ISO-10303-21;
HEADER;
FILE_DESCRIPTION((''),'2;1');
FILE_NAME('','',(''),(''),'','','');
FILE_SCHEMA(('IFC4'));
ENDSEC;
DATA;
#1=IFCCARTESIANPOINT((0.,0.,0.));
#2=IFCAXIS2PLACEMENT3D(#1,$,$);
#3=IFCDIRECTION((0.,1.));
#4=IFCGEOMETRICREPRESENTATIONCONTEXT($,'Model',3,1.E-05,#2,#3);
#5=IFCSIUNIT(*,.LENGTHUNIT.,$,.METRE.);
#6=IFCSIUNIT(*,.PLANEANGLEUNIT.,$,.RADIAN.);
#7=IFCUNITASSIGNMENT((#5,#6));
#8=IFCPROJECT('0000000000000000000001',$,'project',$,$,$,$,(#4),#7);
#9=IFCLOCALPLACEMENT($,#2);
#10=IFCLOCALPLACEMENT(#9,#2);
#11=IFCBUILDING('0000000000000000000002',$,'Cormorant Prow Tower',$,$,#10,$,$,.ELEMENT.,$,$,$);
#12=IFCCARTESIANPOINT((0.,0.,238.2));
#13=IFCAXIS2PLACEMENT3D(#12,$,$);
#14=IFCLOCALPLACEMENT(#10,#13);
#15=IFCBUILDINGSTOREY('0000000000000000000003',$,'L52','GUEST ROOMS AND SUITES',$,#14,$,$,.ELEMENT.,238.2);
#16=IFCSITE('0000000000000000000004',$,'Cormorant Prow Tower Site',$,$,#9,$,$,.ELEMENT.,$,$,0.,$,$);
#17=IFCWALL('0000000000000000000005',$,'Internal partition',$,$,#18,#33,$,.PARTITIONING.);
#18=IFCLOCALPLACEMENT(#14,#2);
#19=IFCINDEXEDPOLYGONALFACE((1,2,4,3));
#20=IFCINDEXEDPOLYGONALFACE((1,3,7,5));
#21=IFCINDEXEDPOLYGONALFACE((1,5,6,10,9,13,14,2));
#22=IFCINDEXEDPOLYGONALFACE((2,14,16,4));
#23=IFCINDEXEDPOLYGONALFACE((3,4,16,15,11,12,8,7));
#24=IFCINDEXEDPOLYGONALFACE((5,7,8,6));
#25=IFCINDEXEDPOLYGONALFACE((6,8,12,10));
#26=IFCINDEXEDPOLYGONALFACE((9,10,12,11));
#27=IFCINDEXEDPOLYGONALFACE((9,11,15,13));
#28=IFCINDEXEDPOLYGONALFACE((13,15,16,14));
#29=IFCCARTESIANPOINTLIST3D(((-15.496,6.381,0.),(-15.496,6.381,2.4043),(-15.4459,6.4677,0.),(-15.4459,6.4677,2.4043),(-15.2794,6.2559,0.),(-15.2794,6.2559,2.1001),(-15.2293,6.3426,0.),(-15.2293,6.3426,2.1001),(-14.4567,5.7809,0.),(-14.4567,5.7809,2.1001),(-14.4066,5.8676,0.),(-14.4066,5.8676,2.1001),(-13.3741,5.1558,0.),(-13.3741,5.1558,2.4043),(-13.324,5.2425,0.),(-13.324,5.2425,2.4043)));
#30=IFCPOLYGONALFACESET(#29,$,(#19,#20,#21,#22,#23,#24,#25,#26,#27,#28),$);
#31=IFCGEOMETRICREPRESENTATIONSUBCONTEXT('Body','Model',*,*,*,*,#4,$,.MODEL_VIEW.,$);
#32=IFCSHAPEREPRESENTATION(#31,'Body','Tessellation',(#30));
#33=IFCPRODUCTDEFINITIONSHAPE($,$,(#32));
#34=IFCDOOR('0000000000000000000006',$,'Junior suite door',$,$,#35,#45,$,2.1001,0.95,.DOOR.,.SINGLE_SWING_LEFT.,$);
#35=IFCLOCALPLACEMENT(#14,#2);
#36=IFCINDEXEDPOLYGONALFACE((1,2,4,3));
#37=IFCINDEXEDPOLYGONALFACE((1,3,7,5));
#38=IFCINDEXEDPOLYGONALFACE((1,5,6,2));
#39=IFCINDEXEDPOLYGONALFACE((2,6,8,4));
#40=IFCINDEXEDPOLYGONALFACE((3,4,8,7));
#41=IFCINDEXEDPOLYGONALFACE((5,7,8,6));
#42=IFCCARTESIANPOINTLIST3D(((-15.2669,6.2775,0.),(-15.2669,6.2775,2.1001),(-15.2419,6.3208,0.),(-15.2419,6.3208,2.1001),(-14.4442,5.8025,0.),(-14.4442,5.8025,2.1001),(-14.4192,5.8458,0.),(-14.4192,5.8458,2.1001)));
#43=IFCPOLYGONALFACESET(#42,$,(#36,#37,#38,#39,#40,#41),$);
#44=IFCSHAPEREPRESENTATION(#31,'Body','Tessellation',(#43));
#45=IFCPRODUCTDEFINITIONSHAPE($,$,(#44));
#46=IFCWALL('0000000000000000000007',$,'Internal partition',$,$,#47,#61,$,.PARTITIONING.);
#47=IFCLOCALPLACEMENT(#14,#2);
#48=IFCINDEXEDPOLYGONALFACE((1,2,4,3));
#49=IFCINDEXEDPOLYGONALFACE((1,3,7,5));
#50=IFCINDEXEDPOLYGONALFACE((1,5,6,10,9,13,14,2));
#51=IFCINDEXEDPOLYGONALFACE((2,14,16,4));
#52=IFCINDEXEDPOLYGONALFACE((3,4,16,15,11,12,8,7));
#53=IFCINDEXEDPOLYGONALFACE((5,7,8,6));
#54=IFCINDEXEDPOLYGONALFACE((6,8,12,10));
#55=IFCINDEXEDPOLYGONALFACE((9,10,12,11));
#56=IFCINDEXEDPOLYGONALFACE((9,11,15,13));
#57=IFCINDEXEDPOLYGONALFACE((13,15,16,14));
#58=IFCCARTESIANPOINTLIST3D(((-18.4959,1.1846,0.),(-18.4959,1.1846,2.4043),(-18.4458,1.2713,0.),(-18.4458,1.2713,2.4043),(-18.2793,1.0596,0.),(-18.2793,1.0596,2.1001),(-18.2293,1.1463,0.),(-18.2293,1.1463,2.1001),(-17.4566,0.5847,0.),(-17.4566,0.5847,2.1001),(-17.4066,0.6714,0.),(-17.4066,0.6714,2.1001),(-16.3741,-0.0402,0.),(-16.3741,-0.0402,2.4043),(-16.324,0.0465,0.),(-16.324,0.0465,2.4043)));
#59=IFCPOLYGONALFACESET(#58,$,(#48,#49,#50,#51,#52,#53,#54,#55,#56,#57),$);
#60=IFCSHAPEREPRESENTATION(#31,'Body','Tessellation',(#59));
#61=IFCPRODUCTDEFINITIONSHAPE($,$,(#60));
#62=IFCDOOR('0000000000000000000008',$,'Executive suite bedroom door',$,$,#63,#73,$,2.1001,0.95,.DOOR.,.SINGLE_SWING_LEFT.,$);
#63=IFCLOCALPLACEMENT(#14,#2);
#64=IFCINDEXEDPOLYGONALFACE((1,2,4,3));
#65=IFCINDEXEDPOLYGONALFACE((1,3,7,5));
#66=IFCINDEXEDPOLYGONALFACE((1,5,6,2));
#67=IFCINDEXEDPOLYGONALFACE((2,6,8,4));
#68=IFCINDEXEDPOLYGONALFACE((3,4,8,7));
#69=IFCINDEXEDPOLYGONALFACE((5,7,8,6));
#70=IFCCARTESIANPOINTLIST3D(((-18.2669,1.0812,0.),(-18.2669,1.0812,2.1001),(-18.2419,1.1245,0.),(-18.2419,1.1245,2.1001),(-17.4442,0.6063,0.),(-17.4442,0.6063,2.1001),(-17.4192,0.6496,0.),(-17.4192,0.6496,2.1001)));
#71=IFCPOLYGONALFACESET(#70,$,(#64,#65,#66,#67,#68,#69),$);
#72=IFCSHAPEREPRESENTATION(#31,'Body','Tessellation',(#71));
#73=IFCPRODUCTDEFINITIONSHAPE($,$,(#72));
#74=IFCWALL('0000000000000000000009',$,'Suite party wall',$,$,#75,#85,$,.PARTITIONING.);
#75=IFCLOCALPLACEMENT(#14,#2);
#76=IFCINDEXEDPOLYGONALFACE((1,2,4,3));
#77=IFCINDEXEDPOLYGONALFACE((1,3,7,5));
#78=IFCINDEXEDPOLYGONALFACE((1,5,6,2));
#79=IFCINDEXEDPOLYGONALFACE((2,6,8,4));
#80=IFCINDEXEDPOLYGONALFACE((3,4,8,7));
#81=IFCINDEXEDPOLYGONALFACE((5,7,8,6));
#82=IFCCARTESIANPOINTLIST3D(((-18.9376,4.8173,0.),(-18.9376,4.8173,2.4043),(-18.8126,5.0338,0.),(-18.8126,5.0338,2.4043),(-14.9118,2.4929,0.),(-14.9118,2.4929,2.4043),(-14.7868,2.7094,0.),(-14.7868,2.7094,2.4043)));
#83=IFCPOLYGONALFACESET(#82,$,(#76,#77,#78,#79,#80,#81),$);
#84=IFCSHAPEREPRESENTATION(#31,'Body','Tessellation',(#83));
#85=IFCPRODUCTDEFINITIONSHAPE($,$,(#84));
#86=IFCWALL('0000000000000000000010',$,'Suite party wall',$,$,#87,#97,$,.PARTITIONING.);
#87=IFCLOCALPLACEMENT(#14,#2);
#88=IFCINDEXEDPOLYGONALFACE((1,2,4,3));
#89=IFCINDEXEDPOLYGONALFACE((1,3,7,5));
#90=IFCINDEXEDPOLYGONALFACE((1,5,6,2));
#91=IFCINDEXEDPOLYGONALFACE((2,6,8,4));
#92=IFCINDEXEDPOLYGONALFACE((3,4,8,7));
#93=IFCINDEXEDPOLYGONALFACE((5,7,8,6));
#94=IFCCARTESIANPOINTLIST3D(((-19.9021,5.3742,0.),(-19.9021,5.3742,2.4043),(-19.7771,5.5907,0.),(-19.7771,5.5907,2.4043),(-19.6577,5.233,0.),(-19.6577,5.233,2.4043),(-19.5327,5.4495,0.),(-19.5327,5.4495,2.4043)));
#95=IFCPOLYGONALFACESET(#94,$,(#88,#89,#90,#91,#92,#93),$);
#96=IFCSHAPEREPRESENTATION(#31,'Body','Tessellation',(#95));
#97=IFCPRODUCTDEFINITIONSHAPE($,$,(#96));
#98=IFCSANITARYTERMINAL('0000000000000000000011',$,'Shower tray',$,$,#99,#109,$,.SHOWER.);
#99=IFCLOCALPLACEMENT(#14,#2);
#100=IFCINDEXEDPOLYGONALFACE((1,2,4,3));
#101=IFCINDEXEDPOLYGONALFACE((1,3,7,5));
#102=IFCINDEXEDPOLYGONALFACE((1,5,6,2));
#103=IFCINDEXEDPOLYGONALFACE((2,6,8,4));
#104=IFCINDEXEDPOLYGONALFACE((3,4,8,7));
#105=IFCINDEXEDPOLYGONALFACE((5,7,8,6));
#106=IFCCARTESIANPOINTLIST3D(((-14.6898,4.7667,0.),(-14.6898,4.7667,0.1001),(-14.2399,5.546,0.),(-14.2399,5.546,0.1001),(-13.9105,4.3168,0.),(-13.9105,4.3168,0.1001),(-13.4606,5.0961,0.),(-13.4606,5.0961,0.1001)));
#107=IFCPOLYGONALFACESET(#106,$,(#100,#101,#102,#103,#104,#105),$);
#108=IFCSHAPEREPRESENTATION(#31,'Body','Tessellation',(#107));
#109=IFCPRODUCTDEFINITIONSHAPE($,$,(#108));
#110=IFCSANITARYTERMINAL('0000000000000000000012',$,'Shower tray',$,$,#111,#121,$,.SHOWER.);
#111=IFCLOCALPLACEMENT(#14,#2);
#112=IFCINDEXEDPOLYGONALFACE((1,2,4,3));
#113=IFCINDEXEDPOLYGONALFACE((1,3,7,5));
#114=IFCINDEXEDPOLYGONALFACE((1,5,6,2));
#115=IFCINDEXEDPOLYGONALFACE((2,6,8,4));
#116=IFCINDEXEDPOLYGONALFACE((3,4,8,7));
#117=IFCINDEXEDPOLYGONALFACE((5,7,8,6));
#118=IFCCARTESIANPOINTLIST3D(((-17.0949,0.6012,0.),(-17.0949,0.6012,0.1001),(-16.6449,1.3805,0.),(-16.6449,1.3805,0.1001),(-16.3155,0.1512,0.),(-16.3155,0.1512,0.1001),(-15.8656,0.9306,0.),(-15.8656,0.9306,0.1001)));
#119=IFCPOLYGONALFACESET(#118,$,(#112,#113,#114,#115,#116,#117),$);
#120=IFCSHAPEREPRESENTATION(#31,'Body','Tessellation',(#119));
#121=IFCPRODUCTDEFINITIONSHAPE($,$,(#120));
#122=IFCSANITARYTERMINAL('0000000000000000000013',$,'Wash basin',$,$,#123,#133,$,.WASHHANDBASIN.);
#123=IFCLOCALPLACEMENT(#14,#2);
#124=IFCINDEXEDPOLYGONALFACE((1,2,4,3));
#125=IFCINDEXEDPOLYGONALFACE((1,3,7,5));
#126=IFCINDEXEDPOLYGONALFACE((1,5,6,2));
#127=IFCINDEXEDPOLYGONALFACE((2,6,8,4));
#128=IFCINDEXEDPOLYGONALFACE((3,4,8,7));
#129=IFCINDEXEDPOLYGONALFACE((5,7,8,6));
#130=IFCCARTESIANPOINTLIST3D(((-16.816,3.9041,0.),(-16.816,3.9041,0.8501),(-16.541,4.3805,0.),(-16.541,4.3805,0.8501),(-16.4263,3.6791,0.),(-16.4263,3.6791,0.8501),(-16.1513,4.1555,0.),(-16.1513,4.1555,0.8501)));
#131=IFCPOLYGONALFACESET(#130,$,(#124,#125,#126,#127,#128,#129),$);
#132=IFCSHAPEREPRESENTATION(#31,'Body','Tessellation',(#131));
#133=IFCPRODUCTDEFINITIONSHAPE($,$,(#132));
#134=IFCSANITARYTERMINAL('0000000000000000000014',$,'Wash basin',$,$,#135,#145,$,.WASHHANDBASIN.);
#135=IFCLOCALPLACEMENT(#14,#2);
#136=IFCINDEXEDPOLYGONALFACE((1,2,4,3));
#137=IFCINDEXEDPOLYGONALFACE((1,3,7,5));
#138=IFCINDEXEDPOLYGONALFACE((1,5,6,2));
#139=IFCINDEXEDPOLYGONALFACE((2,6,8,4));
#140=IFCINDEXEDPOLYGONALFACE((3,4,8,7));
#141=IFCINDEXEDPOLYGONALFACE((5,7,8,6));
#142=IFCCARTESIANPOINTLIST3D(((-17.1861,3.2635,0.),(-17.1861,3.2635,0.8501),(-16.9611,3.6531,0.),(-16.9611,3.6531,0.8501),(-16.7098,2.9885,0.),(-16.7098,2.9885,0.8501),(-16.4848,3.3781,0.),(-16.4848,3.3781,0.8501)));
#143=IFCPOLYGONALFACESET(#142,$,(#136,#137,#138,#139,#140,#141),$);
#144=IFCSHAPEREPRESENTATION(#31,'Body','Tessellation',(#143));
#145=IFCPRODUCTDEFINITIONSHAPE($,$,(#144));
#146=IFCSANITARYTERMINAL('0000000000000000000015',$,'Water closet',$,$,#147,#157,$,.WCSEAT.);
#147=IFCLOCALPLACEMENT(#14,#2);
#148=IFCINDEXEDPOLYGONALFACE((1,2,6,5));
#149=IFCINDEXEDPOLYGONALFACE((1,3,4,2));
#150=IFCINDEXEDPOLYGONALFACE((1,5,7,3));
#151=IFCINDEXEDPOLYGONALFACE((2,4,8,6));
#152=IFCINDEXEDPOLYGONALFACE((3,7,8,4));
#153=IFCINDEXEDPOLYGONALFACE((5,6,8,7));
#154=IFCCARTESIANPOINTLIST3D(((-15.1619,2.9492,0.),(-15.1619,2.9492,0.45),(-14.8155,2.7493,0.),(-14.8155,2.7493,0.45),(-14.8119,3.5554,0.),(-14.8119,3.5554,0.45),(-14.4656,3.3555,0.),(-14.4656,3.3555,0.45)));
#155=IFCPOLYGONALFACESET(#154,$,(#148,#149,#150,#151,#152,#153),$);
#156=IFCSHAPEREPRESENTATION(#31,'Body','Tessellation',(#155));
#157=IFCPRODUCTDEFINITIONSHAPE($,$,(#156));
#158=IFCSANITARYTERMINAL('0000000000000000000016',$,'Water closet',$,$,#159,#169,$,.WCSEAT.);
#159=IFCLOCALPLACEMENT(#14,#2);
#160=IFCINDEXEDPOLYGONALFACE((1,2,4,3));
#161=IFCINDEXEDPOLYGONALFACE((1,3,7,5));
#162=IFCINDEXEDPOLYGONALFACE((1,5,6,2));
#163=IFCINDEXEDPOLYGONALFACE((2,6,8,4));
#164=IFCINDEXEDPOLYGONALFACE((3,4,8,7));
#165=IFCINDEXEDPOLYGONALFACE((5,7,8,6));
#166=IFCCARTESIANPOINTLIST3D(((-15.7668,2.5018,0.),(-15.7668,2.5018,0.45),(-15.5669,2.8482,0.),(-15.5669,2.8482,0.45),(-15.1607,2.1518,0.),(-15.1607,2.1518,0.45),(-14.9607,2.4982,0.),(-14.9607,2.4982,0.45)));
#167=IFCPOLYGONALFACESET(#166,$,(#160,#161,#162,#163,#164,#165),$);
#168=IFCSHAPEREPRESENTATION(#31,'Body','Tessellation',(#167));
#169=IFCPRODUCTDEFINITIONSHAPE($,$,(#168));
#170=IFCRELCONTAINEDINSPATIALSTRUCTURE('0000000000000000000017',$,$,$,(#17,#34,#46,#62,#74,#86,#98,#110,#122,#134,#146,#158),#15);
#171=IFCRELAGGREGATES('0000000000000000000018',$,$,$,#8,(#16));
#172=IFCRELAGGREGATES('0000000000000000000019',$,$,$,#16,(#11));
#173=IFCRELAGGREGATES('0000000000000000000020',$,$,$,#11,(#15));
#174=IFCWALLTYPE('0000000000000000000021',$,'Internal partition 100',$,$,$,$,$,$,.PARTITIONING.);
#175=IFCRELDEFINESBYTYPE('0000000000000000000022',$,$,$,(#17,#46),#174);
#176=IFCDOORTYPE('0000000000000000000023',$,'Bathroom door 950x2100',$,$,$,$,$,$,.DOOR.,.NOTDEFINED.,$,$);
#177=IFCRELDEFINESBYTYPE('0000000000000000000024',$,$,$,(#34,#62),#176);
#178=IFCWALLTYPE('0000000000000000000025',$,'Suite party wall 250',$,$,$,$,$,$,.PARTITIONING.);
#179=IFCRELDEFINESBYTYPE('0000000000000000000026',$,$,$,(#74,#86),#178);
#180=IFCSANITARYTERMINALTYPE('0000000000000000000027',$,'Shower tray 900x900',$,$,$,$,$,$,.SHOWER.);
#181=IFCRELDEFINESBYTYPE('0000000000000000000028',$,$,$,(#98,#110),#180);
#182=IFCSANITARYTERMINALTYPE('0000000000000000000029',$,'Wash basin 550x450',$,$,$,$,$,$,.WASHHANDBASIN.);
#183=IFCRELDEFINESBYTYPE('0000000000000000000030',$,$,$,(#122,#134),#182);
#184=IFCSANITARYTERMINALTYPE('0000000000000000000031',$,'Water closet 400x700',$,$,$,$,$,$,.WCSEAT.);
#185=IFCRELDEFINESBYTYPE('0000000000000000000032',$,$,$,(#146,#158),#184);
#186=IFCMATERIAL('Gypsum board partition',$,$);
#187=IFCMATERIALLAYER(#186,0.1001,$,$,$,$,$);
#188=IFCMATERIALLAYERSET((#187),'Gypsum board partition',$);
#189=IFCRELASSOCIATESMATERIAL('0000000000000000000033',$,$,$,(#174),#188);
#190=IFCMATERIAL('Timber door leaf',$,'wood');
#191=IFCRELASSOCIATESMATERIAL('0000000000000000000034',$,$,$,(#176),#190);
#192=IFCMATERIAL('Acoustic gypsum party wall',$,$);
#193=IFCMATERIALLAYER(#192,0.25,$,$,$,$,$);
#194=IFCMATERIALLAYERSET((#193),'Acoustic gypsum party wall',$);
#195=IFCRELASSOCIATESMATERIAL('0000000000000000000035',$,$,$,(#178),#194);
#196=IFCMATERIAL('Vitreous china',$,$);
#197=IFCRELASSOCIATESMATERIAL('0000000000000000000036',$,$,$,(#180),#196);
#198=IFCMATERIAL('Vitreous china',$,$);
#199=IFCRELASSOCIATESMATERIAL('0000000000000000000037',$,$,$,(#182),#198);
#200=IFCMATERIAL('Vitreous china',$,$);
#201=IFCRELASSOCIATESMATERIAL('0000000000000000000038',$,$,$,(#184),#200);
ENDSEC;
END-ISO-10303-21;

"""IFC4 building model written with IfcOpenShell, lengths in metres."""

from ifc_helpers import new_model, si_unit, direction, frame, frame_2d, origin, origin_2d, place, context, subcontext, project, spatial, rectangle, extrude, material, layer, layer_set, type_object, element, fill, save


model = new_model("IFC4")

# Units and contexts
model_context = context("Model", 3, precision=1e-05, world=origin(), true_north=direction((0.0, 1.0)))
body_context = subcontext(model_context, "Body", "Model", "MODEL_VIEW")
ifc_project = project(units=[si_unit("LENGTHUNIT", "METRE"), si_unit("PLANEANGLEUNIT", "RADIAN")], contexts=[model_context])

# Site, building, storey
site_placement = place(None, origin())
site = spatial("IfcSite", under=ifc_project, at=site_placement, Name="Cormorant Prow Tower Site", CompositionType="ELEMENT", RefElevation=0.0)
building_placement = place(site_placement, origin())
building = spatial("IfcBuilding", under=site, at=building_placement, Name="Cormorant Prow Tower", CompositionType="ELEMENT")
storey_placement = place(building_placement, frame((0.0, 0.0, 238.2)))
storey = spatial("IfcBuildingStorey", under=building, at=storey_placement, Name="L52", Description="GUEST ROOMS AND SUITES", CompositionType="ELEMENT", Elevation=238.2)

# Shared definitions
ifc_material_1 = material(Name="Gypsum board partition")
ifc_layer_1 = layer(ifc_material_1, 0.1001)
ifc_layer_set_1 = layer_set([ifc_layer_1], Name="Gypsum board partition")
wall_type_1 = type_object("IfcWallType", Name="Internal partition 100", PredefinedType="PARTITIONING", material=ifc_layer_set_1)

# Walls, openings, doors
wall_1_placement = place(storey_placement, frame((-15.4709, 6.4243, 0.0), z_axis=(0.0, 0.0, 1.0), x_axis=(0.866015, -0.500019, 0.0)))
wall_1 = element("IfcWall", 1, at=wall_1_placement, inside=storey, type_object=wall_type_1, Name="Internal partition", PredefinedType="PARTITIONING", context=body_context, shape_type="SweptSolid", body=[
    extrude(rectangle(XDim=2.4502, YDim=0.1001, at=frame_2d((1.2251, 0.0))), origin(), (0.0, 0.0, 1.0), 2.4043),
])
opening_1_placement = place(wall_1_placement, frame((0.25, 0.0, 0.0)))
opening_1 = element("IfcOpeningElement", 2, at=opening_1_placement, cuts=wall_1, PredefinedType="OPENING", context=body_context, shape_type="SweptSolid", body=[
    extrude(rectangle(XDim=0.95, YDim=2.1001, at=frame_2d((0.4751, 1.05))), frame((0.0, 0.0601, 0.0), z_axis=(0.0, -1.0, 0.0), x_axis=(1.0, 0.0, 0.0)), (0.0, 0.0, 1.0), 0.1201),
])
ifc_material_2 = material(Name="Timber door leaf", Category="wood")
door_type_1 = type_object("IfcDoorType", Name="Bathroom door 950x2100", OperationType="NOTDEFINED", PredefinedType="DOOR", material=ifc_material_2)
door_1_placement = place(opening_1_placement, origin())
door_1 = element("IfcDoor", 3, at=door_1_placement, inside=storey, type_object=door_type_1, Name="Junior suite door", OperationType="SINGLE_SWING_LEFT", OverallHeight=2.1001, OverallWidth=0.95, PredefinedType="DOOR", context=body_context, shape_type="SweptSolid", body=[
    extrude(rectangle(XDim=0.95, YDim=2.1001, at=frame_2d((0.4751, 1.05))), frame((0.0, 0.0249, 0.0), z_axis=(0.0, -1.0, 0.0), x_axis=(1.0, 0.0, 0.0)), (0.0, 0.0, 1.0), 0.05),
])
fill(opening_1, door_1)
wall_2_placement = place(storey_placement, frame((-18.4709, 1.228, 0.0), z_axis=(0.0, 0.0, 1.0), x_axis=(0.866058, -0.499944, 0.0)))
wall_2 = element("IfcWall", 4, at=wall_2_placement, inside=storey, type_object=wall_type_1, Name="Internal partition", PredefinedType="PARTITIONING", context=body_context, shape_type="SweptSolid", body=[
    extrude(rectangle(XDim=2.45, YDim=0.1001, at=frame_2d((1.2251, 0.0))), origin(), (0.0, 0.0, 1.0), 2.4043),
])
opening_2_placement = place(wall_2_placement, frame((0.25, 0.0, 0.0)))
opening_2 = element("IfcOpeningElement", 5, at=opening_2_placement, cuts=wall_2, PredefinedType="OPENING", context=body_context, shape_type="SweptSolid", body=[
    extrude(rectangle(XDim=0.95, YDim=2.1001, at=frame_2d((0.4751, 1.05))), frame((0.0, 0.0601, 0.0), z_axis=(0.0, -1.0, 0.0), x_axis=(1.0, 0.0, 0.0)), (0.0, 0.0, 1.0), 0.1201),
])
door_2_placement = place(opening_2_placement, origin())
door_2 = element("IfcDoor", 6, at=door_2_placement, inside=storey, type_object=door_type_1, Name="Executive suite bedroom door", OperationType="SINGLE_SWING_LEFT", OverallHeight=2.1001, OverallWidth=0.95, PredefinedType="DOOR", context=body_context, shape_type="SweptSolid", body=[
    extrude(rectangle(XDim=0.95, YDim=2.1001, at=frame_2d((0.4751, 1.05))), frame((0.0, 0.0249, 0.0), z_axis=(0.0, -1.0, 0.0), x_axis=(1.0, 0.0, 0.0)), (0.0, 0.0, 1.0), 0.05),
])
fill(opening_2, door_2)

# Walls
ifc_material_3 = material(Name="Acoustic gypsum party wall")
ifc_layer_2 = layer(ifc_material_3, 0.25)
ifc_layer_set_2 = layer_set([ifc_layer_2], Name="Acoustic gypsum party wall")
wall_type_2 = type_object("IfcWallType", Name="Suite party wall 250", PredefinedType="PARTITIONING", material=ifc_layer_set_2)
wall_3_placement = place(storey_placement, frame((-18.875, 4.9255, 0.0), z_axis=(0.0, 0.0, 1.0), x_axis=(0.866014, -0.500019, 0.0)))
element("IfcWall", 7, at=wall_3_placement, inside=storey, type_object=wall_type_2, Name="Suite party wall", PredefinedType="PARTITIONING", context=body_context, shape_type="SweptSolid", body=[
    extrude(rectangle(XDim=4.6487, YDim=0.25, at=frame_2d((2.3242, 0.0))), origin(), (0.0, 0.0, 1.0), 2.4043),
])
wall_4_placement = place(storey_placement, frame((-19.8396, 5.4824, 0.0), z_axis=(0.0, 0.0, 1.0), x_axis=(0.865998, -0.500047, 0.0)))
element("IfcWall", 8, at=wall_4_placement, inside=storey, type_object=wall_type_2, Name="Suite party wall", PredefinedType="PARTITIONING", context=body_context, shape_type="SweptSolid", body=[
    extrude(rectangle(XDim=0.2822, YDim=0.25, at=frame_2d((0.1411, 0.0))), origin(), (0.0, 0.0, 1.0), 2.4043),
])

# Sanitary terminals
ifc_material_4 = material(Name="Vitreous china")
sanitary_terminal_type_1 = type_object("IfcSanitaryTerminalType", Name="Shower tray 900x900", PredefinedType="SHOWER", material=ifc_material_4)
for number, where, z_axis, x_axis, name in (
    (9, (-14.0752, 4.9314, 0.0), (0.0, 0.0, 1.0), (-0.5, -0.866025, 0.0), "Shower tray"),
    (10, (-16.4802, 0.7659, 0.0), (0.0, 0.0, 1.0), (-0.866025, 0.5, 0.0), "Shower tray"),
):
    element("IfcSanitaryTerminal", number, at=place(storey_placement, frame(where, z_axis=z_axis, x_axis=x_axis)), inside=storey, type_object=sanitary_terminal_type_1, Name=name, PredefinedType="SHOWER", context=body_context, shape_type="SweptSolid", body=[
        extrude(rectangle(XDim=0.8999, YDim=0.8999, at=origin_2d()), origin(), (0.0, 0.0, 1.0), 0.1001),
    ])
ifc_material_5 = material(Name="Vitreous china")
sanitary_terminal_type_2 = type_object("IfcSanitaryTerminalType", Name="Wash basin 550x450", PredefinedType="WASHHANDBASIN", material=ifc_material_5)
for number, where, z_axis, x_axis, name in (
    (11, (-16.4836, 4.0298, 0.0), (0.0, 0.0, 1.0), (0.5, 0.866025, 0.0), "Wash basin"),
    (12, (-16.8354, 3.3208, 0.0), (0.0, 0.0, 1.0), (0.866025, -0.5, 0.0), "Wash basin"),
):
    element("IfcSanitaryTerminal", number, at=place(storey_placement, frame(where, z_axis=z_axis, x_axis=x_axis)), inside=storey, type_object=sanitary_terminal_type_2, Name=name, PredefinedType="WASHHANDBASIN", context=body_context, shape_type="SweptSolid", body=[
        extrude(rectangle(XDim=0.55, YDim=0.45, at=origin_2d()), origin(), (0.0, 0.0, 1.0), 0.8501),
    ])
ifc_material_6 = material(Name="Vitreous china")
sanitary_terminal_type_3 = type_object("IfcSanitaryTerminalType", Name="Water closet 400x700", PredefinedType="WCSEAT", material=ifc_material_6)
for number, where, z_axis, x_axis, name in (
    (13, (-14.8137, 3.1523, 0.0), (0.0, 0.0, 1.0), (-0.866025, 0.5, 0.0), "Water closet"),
    (14, (-15.3638, 2.5, 0.0), (0.0, 0.0, 1.0), (-0.5, -0.866025, 0.0), "Water closet"),
):
    element("IfcSanitaryTerminal", number, at=place(storey_placement, frame(where, z_axis=z_axis, x_axis=x_axis)), inside=storey, type_object=sanitary_terminal_type_3, Name=name, PredefinedType="WCSEAT", context=body_context, shape_type="SweptSolid", body=[
        extrude(rectangle(XDim=0.3999, YDim=0.7, at=origin_2d()), origin(), (0.0, 0.0, 1.0), 0.45),
    ])

save(model, "model.ifc")
